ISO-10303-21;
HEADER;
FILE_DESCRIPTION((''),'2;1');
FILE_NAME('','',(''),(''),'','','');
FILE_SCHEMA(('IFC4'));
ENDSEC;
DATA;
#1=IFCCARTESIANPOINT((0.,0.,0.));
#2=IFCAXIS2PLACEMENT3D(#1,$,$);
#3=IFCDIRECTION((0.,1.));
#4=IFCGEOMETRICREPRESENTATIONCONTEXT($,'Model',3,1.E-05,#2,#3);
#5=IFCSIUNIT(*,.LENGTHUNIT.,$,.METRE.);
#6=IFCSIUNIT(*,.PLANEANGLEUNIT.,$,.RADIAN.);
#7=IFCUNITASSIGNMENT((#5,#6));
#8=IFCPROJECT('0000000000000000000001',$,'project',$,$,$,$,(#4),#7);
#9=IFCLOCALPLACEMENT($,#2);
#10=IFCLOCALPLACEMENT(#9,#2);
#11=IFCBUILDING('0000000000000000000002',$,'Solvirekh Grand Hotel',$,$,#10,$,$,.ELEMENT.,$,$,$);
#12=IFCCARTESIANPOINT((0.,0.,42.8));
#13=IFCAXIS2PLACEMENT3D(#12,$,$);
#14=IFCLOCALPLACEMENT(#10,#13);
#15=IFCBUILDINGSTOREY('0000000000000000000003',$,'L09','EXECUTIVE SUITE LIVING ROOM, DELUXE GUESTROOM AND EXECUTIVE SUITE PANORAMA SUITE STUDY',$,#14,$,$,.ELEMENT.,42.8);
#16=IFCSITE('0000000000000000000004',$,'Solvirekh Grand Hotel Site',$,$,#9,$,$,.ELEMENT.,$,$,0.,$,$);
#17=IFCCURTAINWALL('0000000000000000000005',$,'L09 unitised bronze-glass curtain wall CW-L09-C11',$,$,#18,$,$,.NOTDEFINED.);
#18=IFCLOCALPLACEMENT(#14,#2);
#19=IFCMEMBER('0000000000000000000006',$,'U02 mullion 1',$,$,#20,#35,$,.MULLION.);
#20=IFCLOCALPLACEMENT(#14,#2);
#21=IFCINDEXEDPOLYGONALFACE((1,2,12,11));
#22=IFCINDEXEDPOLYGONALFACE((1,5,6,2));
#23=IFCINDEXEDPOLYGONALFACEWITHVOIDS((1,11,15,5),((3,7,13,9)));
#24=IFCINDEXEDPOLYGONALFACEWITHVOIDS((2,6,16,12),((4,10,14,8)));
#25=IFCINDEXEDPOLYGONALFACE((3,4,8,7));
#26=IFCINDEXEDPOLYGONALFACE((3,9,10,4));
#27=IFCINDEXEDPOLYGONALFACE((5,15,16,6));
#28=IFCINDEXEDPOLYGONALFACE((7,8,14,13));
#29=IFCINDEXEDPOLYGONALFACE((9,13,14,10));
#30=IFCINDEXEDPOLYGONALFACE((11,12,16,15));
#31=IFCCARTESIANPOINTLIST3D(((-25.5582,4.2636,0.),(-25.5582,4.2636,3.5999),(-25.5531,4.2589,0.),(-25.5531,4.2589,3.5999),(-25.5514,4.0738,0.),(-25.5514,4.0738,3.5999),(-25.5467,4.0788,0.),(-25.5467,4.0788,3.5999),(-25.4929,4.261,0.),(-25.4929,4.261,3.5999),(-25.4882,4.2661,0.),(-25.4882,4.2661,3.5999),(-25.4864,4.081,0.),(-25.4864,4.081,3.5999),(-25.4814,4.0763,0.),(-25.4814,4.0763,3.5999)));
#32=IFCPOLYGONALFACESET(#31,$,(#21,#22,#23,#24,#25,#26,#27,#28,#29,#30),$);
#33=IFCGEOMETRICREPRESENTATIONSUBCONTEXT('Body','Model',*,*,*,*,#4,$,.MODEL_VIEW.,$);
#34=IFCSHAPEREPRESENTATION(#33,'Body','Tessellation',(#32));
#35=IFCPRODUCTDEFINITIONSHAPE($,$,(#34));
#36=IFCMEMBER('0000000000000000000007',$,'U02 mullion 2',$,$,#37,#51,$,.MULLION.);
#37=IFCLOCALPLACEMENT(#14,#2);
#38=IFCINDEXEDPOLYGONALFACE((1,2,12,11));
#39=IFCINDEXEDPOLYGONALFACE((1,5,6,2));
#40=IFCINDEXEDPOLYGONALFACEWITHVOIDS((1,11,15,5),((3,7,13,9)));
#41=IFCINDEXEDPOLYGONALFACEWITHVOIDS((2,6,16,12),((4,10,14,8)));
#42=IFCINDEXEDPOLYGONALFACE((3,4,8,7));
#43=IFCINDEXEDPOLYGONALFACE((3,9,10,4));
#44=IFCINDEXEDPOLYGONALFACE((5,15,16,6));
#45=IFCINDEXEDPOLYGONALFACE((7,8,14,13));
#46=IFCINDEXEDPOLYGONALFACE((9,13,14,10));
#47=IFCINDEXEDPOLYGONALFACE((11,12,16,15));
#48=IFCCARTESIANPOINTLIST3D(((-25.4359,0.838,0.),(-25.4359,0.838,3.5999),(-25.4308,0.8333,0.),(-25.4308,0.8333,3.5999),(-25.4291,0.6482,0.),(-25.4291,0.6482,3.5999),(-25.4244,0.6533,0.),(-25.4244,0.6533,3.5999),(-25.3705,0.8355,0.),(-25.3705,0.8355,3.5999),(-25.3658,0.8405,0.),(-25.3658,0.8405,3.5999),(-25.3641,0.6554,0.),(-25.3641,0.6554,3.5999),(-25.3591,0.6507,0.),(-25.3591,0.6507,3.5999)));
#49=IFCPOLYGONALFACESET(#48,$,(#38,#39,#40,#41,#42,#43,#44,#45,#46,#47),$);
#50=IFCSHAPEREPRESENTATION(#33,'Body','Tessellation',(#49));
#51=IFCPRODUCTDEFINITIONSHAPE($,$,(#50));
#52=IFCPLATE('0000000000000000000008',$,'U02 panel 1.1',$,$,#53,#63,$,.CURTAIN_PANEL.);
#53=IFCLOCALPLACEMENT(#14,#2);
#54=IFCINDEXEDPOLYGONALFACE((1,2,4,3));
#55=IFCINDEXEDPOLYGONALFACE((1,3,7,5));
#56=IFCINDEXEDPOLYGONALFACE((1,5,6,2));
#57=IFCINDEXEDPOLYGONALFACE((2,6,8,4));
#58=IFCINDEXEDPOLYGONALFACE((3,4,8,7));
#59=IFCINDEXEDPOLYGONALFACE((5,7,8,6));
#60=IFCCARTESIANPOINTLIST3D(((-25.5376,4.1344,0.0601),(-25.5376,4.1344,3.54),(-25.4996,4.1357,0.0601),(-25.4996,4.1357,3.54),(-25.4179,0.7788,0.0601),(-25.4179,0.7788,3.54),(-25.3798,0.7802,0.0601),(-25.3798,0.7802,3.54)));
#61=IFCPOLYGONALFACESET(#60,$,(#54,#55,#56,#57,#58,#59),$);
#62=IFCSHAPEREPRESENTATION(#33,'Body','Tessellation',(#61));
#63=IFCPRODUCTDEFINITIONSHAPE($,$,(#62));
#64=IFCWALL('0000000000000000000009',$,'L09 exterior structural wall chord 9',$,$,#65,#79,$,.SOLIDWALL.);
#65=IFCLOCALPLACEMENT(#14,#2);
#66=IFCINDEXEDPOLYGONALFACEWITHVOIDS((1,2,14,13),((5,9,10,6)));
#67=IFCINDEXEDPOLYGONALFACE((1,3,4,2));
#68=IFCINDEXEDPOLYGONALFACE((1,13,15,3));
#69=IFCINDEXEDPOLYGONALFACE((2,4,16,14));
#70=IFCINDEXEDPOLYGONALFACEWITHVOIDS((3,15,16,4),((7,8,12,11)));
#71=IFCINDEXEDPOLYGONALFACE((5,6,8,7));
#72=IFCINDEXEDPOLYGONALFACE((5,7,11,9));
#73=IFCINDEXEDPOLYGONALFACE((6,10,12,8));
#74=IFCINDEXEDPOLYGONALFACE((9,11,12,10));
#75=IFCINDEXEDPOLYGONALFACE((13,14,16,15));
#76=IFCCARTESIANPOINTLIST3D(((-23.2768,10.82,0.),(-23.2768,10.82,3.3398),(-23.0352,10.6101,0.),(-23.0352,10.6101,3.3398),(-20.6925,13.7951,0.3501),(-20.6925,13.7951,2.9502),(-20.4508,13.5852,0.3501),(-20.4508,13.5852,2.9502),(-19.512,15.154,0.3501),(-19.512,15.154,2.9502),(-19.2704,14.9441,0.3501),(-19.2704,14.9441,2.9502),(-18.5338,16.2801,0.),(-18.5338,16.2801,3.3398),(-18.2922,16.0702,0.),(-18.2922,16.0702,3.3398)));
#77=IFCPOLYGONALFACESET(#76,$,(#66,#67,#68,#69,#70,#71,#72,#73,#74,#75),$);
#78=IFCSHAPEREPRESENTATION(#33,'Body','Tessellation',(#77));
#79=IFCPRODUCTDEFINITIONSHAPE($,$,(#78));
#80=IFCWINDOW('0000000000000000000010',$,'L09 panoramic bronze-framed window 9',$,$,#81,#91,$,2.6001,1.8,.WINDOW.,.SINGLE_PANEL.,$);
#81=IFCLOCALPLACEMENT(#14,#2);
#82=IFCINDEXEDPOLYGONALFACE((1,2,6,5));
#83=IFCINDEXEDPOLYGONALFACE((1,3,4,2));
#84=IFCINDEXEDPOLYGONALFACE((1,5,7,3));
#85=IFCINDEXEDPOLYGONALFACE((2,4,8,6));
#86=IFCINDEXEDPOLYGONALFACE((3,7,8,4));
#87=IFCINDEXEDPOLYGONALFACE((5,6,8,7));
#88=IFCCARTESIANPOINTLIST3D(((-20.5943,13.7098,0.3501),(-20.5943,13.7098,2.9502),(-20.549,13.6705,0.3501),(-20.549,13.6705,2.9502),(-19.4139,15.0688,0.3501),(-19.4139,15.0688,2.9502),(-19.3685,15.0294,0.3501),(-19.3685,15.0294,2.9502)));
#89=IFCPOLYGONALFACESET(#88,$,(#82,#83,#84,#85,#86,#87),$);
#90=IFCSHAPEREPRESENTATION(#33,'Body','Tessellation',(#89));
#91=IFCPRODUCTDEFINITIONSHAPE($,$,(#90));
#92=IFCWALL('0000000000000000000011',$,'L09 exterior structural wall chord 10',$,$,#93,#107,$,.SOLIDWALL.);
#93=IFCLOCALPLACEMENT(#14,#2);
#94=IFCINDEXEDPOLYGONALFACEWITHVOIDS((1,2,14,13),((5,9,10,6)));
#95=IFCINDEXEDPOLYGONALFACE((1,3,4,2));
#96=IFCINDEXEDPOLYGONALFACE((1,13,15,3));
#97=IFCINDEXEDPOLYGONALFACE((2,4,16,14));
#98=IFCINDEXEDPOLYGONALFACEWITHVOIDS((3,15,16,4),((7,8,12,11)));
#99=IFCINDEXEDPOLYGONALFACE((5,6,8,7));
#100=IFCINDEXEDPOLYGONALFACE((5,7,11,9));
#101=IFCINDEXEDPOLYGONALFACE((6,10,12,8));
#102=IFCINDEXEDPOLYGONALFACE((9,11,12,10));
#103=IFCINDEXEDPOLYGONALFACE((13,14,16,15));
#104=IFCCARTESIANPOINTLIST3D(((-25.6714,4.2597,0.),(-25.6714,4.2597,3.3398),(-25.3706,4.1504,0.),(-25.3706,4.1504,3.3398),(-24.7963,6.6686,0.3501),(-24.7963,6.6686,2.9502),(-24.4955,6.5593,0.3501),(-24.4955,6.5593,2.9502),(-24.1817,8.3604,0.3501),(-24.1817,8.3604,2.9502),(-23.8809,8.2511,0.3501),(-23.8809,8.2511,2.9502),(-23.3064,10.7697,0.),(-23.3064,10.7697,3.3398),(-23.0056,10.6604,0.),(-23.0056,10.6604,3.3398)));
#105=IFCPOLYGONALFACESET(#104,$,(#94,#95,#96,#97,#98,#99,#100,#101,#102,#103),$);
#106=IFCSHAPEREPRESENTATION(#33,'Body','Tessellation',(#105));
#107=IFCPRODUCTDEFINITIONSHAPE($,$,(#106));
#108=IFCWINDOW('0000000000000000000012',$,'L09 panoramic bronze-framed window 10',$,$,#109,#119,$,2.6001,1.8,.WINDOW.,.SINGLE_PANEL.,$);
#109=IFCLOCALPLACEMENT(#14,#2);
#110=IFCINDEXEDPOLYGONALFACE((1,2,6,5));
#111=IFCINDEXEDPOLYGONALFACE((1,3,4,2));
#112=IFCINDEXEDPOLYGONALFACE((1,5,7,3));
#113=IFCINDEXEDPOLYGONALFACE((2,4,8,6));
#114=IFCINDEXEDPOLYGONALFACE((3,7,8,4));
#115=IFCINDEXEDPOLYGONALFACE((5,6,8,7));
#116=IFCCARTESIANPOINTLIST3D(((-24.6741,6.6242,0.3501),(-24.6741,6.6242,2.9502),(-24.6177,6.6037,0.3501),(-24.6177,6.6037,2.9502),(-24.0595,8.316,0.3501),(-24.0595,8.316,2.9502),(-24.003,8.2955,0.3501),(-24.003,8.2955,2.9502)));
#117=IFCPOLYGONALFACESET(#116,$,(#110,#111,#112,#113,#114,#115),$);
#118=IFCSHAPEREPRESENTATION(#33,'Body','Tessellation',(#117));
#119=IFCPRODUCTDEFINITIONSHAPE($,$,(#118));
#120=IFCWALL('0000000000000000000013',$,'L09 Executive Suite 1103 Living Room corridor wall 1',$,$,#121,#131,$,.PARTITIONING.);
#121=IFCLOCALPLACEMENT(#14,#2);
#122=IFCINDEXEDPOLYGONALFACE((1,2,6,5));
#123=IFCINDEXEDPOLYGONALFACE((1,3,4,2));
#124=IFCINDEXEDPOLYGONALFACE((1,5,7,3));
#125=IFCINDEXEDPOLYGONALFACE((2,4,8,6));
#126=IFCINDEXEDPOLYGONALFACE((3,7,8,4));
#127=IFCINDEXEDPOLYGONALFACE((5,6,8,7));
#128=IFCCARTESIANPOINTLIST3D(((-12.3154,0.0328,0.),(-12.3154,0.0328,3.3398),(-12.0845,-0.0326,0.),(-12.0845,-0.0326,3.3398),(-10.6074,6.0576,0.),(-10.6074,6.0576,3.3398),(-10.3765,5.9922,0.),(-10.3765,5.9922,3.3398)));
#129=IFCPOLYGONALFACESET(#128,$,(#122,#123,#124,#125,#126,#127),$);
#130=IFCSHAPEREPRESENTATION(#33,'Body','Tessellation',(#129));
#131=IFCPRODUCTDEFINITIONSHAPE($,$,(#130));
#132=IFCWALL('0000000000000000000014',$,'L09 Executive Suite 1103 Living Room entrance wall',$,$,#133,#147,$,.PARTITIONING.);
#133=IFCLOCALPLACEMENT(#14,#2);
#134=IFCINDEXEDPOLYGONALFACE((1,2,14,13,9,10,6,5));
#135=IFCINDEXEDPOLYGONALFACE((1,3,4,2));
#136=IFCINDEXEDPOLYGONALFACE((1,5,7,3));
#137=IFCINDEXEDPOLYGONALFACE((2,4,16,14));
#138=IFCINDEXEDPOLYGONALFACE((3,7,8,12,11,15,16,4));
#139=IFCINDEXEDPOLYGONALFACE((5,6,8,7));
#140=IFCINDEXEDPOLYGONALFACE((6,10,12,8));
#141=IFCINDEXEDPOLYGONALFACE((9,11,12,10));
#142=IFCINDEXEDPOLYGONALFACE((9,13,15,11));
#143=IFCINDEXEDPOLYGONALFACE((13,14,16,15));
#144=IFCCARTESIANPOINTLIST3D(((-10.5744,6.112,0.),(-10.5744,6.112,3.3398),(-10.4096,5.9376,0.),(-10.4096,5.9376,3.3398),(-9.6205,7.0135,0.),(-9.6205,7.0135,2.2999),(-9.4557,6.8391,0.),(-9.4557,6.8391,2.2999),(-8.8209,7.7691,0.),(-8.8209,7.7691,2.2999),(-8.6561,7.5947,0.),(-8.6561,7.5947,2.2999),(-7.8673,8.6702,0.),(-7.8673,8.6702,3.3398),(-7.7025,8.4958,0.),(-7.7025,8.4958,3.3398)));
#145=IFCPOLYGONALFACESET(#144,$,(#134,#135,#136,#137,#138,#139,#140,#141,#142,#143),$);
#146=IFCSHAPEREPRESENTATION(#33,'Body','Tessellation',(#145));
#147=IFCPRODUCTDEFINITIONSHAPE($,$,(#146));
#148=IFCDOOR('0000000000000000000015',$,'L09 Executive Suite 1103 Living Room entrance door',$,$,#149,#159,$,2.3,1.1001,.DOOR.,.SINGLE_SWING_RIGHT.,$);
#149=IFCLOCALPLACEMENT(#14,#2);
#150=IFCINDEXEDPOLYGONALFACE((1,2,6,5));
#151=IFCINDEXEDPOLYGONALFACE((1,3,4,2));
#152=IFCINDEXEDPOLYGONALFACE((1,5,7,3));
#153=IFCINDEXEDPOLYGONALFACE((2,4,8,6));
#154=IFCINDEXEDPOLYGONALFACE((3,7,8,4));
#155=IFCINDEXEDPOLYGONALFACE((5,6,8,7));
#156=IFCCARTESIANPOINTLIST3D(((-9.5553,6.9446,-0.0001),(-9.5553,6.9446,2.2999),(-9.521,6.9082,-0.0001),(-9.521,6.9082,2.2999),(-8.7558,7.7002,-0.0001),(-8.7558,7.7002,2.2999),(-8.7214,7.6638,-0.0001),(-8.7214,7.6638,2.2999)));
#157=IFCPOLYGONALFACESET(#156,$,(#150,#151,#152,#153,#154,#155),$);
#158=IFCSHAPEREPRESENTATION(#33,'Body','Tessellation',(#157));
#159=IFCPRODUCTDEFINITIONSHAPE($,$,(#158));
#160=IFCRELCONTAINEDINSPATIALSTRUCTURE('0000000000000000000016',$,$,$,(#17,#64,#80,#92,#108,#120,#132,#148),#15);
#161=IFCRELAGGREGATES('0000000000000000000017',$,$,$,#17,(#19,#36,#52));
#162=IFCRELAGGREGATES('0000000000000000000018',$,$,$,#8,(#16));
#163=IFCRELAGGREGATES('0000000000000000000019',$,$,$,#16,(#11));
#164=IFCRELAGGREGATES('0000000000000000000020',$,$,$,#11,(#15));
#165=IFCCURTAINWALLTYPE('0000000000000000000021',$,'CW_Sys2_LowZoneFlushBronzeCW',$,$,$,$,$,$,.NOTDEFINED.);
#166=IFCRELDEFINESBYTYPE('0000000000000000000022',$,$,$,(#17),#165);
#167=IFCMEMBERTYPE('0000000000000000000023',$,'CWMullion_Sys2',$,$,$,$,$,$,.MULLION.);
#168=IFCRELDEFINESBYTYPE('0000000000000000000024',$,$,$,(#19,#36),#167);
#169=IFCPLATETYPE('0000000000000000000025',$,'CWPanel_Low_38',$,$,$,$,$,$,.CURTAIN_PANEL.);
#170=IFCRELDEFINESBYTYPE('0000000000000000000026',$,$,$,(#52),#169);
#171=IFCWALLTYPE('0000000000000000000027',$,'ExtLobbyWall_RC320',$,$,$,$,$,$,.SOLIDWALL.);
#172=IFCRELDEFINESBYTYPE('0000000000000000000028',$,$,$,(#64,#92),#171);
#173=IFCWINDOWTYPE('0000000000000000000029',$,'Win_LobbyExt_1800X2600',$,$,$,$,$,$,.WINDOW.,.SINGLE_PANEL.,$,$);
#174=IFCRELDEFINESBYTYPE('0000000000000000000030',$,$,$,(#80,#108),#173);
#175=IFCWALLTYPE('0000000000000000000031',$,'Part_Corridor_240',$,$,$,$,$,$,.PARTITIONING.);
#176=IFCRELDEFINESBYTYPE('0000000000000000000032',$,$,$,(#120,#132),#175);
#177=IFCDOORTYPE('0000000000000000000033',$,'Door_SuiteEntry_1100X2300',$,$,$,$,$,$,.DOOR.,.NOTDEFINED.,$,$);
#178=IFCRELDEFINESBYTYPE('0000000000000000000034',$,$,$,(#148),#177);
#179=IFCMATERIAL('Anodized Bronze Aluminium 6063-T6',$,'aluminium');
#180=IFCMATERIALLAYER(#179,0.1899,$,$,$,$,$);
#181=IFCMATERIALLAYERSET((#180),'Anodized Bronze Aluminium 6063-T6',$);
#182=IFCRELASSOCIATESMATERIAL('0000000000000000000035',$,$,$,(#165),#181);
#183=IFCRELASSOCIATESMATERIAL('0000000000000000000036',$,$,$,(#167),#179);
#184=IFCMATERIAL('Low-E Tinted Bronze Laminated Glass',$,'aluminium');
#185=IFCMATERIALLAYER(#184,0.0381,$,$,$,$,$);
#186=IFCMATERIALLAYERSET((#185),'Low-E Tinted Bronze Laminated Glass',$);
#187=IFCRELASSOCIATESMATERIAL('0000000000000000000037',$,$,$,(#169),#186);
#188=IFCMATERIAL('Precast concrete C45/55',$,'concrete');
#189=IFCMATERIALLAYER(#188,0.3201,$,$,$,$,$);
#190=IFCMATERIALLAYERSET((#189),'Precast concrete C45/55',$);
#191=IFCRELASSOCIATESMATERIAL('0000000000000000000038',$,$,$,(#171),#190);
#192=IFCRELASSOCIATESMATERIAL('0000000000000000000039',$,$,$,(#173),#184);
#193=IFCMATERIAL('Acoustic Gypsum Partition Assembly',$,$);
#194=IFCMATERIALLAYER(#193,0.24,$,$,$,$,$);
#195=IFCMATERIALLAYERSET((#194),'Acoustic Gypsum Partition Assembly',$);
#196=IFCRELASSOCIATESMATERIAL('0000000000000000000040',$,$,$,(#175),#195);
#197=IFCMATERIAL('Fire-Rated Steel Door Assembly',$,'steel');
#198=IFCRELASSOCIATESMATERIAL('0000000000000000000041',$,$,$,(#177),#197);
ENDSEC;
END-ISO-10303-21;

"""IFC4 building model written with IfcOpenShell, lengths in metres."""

from ifc_helpers import new_model, si_unit, direction, frame, frame_2d, origin, origin_2d, place, context, subcontext, project, spatial, rectangle, hollow_rectangle, extrude, source, transform, mapped, material, layer, layer_set, material_profile, profile_set, type_object, element, fill, aggregate, save


model = new_model("IFC4")

# Units and contexts
model_context = context("Model", 3, precision=1e-05, world=origin(), true_north=direction((0.0, 1.0)))
body_context = subcontext(model_context, "Body", "Model", "MODEL_VIEW")
ifc_project = project(units=[si_unit("LENGTHUNIT", "METRE"), si_unit("PLANEANGLEUNIT", "RADIAN")], contexts=[model_context])

# Site, building, storey
site_placement = place(None, origin())
site = spatial("IfcSite", under=ifc_project, at=site_placement, Name="Solvirekh Grand Hotel Site", CompositionType="ELEMENT", RefElevation=0.0)
building_placement = place(site_placement, origin())
building = spatial("IfcBuilding", under=site, at=building_placement, Name="Solvirekh Grand Hotel", CompositionType="ELEMENT")
storey_placement = place(building_placement, frame((0.0, 0.0, 42.8)))
storey = spatial("IfcBuildingStorey", under=building, at=storey_placement, Name="L09", Description="EXECUTIVE SUITE LIVING ROOM, DELUXE GUESTROOM AND EXECUTIVE SUITE PANORAMA SUITE STUDY", CompositionType="ELEMENT", Elevation=42.8)

# Curtain wall, members, plate
ifc_material_1 = material(Name="Anodized Bronze Aluminium 6063-T6", Category="aluminium")
ifc_layer_1 = layer(ifc_material_1, 0.1899)
ifc_layer_set_1 = layer_set([ifc_layer_1], Name="Anodized Bronze Aluminium 6063-T6")
curtain_wall_type = type_object("IfcCurtainWallType", Name="CW_Sys2_LowZoneFlushBronzeCW", PredefinedType="NOTDEFINED", material=ifc_layer_set_1)
curtain_wall_placement = place(storey_placement, origin())
curtain_wall = element("IfcCurtainWall", 1, at=curtain_wall_placement, inside=storey, type_object=curtain_wall_type, Name="L09 unitised bronze-glass curtain wall CW-L09-C11", PredefinedType="NOTDEFINED")
ifc_material_profile_1 = material_profile(ifc_material_1, hollow_rectangle(XDim=0.0701, YDim=0.1899, WallThickness=0.0049, at=origin_2d()), Name="ALU RHS 190X70X5")
ifc_profile_set_1 = profile_set([ifc_material_profile_1], Name="Anodized Bronze Aluminium 6063-T6")
member_type_1 = type_object("IfcMemberType", Name="CWMullion_Sys2", PredefinedType="MULLION", material=ifc_profile_set_1)
shared_shape_1 = source(origin(), body_context, "Body", "SweptSolid", [
    extrude(hollow_rectangle(XDim=0.0701, YDim=0.1899, WallThickness=0.0049, at=origin_2d()), origin(), (0.0, 0.0, 1.0), 3.5999),
])
member_1_placement = place(storey_placement, frame((-25.5198, 4.1699, 0.0), z_axis=(0.0, 0.0, 1.0), x_axis=(0.999364, 0.035666, 0.0)))
member_1 = element("IfcMember", 2, at=member_1_placement, type_object=member_type_1, Name="U02 mullion 1", PredefinedType="MULLION", context=body_context, shape_type="MappedRepresentation", body=[
    mapped(shared_shape_1, transform((0.0, 0.0, 0.0), x_axis=(1.0, 0.0, 0.0), y_axis=(0.0, 1.0, 0.0), z_axis=(0.0, 0.0, 1.0), scale=1.0)),
])
member_2_placement = place(storey_placement, frame((-25.3975, 0.7444, 0.0), z_axis=(0.0, 0.0, 1.0), x_axis=(0.999364, 0.035666, 0.0)))
member_2 = element("IfcMember", 3, at=member_2_placement, type_object=member_type_1, Name="U02 mullion 2", PredefinedType="MULLION", context=body_context, shape_type="MappedRepresentation", body=[
    mapped(shared_shape_1, transform((0.0, 0.0, 0.0), x_axis=(1.0, 0.0, 0.0), y_axis=(0.0, 1.0, 0.0), z_axis=(0.0, 0.0, 1.0), scale=1.0)),
])
ifc_material_2 = material(Name="Low-E Tinted Bronze Laminated Glass", Category="aluminium")
ifc_layer_2 = layer(ifc_material_2, 0.0381)
ifc_layer_set_2 = layer_set([ifc_layer_2], Name="Low-E Tinted Bronze Laminated Glass")
plate_type = type_object("IfcPlateType", Name="CWPanel_Low_38", PredefinedType="CURTAIN_PANEL", material=ifc_layer_set_2)
shared_shape_2 = source(origin(), body_context, "Body", "SweptSolid", [
    extrude(rectangle(XDim=3.3577, YDim=0.0381, at=origin_2d()), origin(), (0.0, 0.0, 1.0), 3.48),
])
plate_placement = place(storey_placement, frame((-25.4587, 2.4573, 0.0601), z_axis=(0.0, 0.0, 1.0), x_axis=(0.035666, -0.999364, 0.0)))
plate = element("IfcPlate", 4, at=plate_placement, type_object=plate_type, Name="U02 panel 1.1", PredefinedType="CURTAIN_PANEL", context=body_context, shape_type="MappedRepresentation", body=[
    mapped(shared_shape_2, transform((0.0, 0.0, 0.0), x_axis=(1.0, 0.0, 0.0), y_axis=(0.0, 1.0, 0.0), z_axis=(0.0, 0.0, 1.0), scale=1.0)),
])
aggregate(curtain_wall, [member_1, member_2, plate])

# Walls, openings, windows
ifc_material_3 = material(Name="Precast concrete C45/55", Category="concrete")
ifc_layer_3 = layer(ifc_material_3, 0.3201)
ifc_layer_set_3 = layer_set([ifc_layer_3], Name="Precast concrete C45/55")
wall_type_1 = type_object("IfcWallType", Name="ExtLobbyWall_RC320", PredefinedType="SOLIDWALL", material=ifc_layer_set_3)
wall_1_placement = place(storey_placement, frame((-23.156, 10.7151, 0.0), z_axis=(0.0, 0.0, 1.0), x_axis=(0.655795, 0.754939, 0.0)))
wall_1 = element("IfcWall", 5, at=wall_1_placement, inside=storey, type_object=wall_type_1, Name="L09 exterior structural wall chord 9", PredefinedType="SOLIDWALL", context=body_context, shape_type="SweptSolid", body=[
    extrude(rectangle(XDim=7.2324, YDim=0.3201, at=frame_2d((3.6162, 0.0))), origin(), (0.0, 0.0, 1.0), 3.3398),
])
opening_1_placement = place(wall_1_placement, frame((3.9409, 0.0, 0.3501)))
opening_1 = element("IfcOpeningElement", 6, at=opening_1_placement, cuts=wall_1, PredefinedType="OPENING", context=body_context, shape_type="SweptSolid", body=[
    extrude(rectangle(XDim=1.8, YDim=2.6001, at=frame_2d((0.8999, 1.3))), frame((0.0, 0.1699, 0.0), z_axis=(0.0, -1.0, 0.0), x_axis=(1.0, 0.0, 0.0)), (0.0, 0.0, 1.0), 0.3401),
])
window_type = type_object("IfcWindowType", Name="Win_LobbyExt_1800X2600", PartitioningType="SINGLE_PANEL", PredefinedType="WINDOW", material=ifc_material_2)
window_1_placement = place(opening_1_placement, origin())
window_1 = element("IfcWindow", 7, at=window_1_placement, inside=storey, type_object=window_type, Name="L09 panoramic bronze-framed window 9", OverallHeight=2.6001, OverallWidth=1.8, PartitioningType="SINGLE_PANEL", PredefinedType="WINDOW", context=body_context, shape_type="SweptSolid", body=[
    extrude(rectangle(XDim=1.8, YDim=2.6001, at=frame_2d((0.8999, 1.3))), frame((0.0, 0.03, 0.0), z_axis=(0.0, -1.0, 0.0), x_axis=(1.0, 0.0, 0.0)), (0.0, 0.0, 1.0), 0.0601),
])
fill(opening_1, window_1)
wall_2_placement = place(storey_placement, frame((-25.521, 4.2051, 0.0), z_axis=(0.0, 0.0, 1.0), x_axis=(0.341452, 0.939899, 0.0)))
wall_2 = element("IfcWall", 8, at=wall_2_placement, inside=storey, type_object=wall_type_1, Name="L09 exterior structural wall chord 10", PredefinedType="SOLIDWALL", context=body_context, shape_type="SweptSolid", body=[
    extrude(rectangle(XDim=6.9263, YDim=0.3201, at=frame_2d((3.4631, 0.0))), origin(), (0.0, 0.0, 1.0), 3.3398),
])
opening_2_placement = place(wall_2_placement, frame((2.563, 0.0, 0.3501)))
opening_2 = element("IfcOpeningElement", 9, at=opening_2_placement, cuts=wall_2, PredefinedType="OPENING", context=body_context, shape_type="SweptSolid", body=[
    extrude(rectangle(XDim=1.8, YDim=2.6001, at=frame_2d((0.8999, 1.3))), frame((0.0, 0.1699, 0.0), z_axis=(0.0, -1.0, 0.0), x_axis=(1.0, 0.0, 0.0)), (0.0, 0.0, 1.0), 0.3401),
])
window_2_placement = place(opening_2_placement, origin())
window_2 = element("IfcWindow", 10, at=window_2_placement, inside=storey, type_object=window_type, Name="L09 panoramic bronze-framed window 10", OverallHeight=2.6001, OverallWidth=1.8, PartitioningType="SINGLE_PANEL", PredefinedType="WINDOW", context=body_context, shape_type="SweptSolid", body=[
    extrude(rectangle(XDim=1.8, YDim=2.6001, at=frame_2d((0.8999, 1.3))), frame((0.0, 0.03, 0.0), z_axis=(0.0, -1.0, 0.0), x_axis=(1.0, 0.0, 0.0)), (0.0, 0.0, 1.0), 0.0601),
])
fill(opening_2, window_2)

# Wall
ifc_material_4 = material(Name="Acoustic Gypsum Partition Assembly")
ifc_layer_4 = layer(ifc_material_4, 0.24)
ifc_layer_set_4 = layer_set([ifc_layer_4], Name="Acoustic Gypsum Partition Assembly")
wall_type_2 = type_object("IfcWallType", Name="Part_Corridor_240", PredefinedType="PARTITIONING", material=ifc_layer_set_4)
wall_3_placement = place(storey_placement, frame((-10.4919, 6.0249, 0.0), z_axis=(0.0, 0.0, 1.0), x_axis=(-0.272743, -0.962087, 0.0)))
element("IfcWall", 11, at=wall_3_placement, inside=storey, type_object=wall_type_2, Name="L09 Executive Suite 1103 Living Room corridor wall 1", PredefinedType="PARTITIONING", context=body_context, shape_type="SweptSolid", body=[
    extrude(rectangle(XDim=6.2622, YDim=0.24, at=frame_2d((3.1311, 0.0))), origin(), (0.0, 0.0, 1.0), 3.3398),
])

# Wall, opening, door
wall_4_placement = place(storey_placement, frame((-7.7849, 8.583, 0.0), z_axis=(0.0, 0.0, 1.0), x_axis=(-0.726817, -0.686831, 0.0)))
wall_4 = element("IfcWall", 12, at=wall_4_placement, inside=storey, type_object=wall_type_2, Name="L09 Executive Suite 1103 Living Room entrance wall", PredefinedType="PARTITIONING", context=body_context, shape_type="SweptSolid", body=[
    extrude(rectangle(XDim=3.7246, YDim=0.24, at=frame_2d((1.8623, 0.0))), origin(), (0.0, 0.0, 1.0), 3.3398),
])
opening_3_placement = place(wall_4_placement, frame((1.312, 0.0, 0.0)))
opening_3 = element("IfcOpeningElement", 13, at=opening_3_placement, cuts=wall_4, PredefinedType="OPENING", context=body_context, shape_type="SweptSolid", body=[
    extrude(rectangle(XDim=1.1001, YDim=2.3, at=frame_2d((0.55, 1.1499))), frame((0.0, 0.1299, 0.0), z_axis=(0.0, -1.0, 0.0), x_axis=(1.0, 0.0, 0.0)), (0.0, 0.0, 1.0), 0.26),
])
ifc_material_5 = material(Name="Fire-Rated Steel Door Assembly", Category="steel")
door_type_1 = type_object("IfcDoorType", Name="Door_SuiteEntry_1100X2300", OperationType="NOTDEFINED", PredefinedType="DOOR", material=ifc_material_5)
door_1_placement = place(opening_3_placement, origin())
door_1 = element("IfcDoor", 14, at=door_1_placement, inside=storey, type_object=door_type_1, Name="L09 Executive Suite 1103 Living Room entrance door", OperationType="SINGLE_SWING_RIGHT", OverallHeight=2.3, OverallWidth=1.1001, PredefinedType="DOOR", context=body_context, shape_type="SweptSolid", body=[
    extrude(rectangle(XDim=1.1001, YDim=2.3, at=frame_2d((0.55, 1.1499))), frame((0.0, 0.0249, 0.0), z_axis=(0.0, -1.0, 0.0), x_axis=(1.0, 0.0, 0.0)), (0.0, 0.0, 1.0), 0.05),
])
fill(opening_3, door_1)

save(model, "model.ifc")
